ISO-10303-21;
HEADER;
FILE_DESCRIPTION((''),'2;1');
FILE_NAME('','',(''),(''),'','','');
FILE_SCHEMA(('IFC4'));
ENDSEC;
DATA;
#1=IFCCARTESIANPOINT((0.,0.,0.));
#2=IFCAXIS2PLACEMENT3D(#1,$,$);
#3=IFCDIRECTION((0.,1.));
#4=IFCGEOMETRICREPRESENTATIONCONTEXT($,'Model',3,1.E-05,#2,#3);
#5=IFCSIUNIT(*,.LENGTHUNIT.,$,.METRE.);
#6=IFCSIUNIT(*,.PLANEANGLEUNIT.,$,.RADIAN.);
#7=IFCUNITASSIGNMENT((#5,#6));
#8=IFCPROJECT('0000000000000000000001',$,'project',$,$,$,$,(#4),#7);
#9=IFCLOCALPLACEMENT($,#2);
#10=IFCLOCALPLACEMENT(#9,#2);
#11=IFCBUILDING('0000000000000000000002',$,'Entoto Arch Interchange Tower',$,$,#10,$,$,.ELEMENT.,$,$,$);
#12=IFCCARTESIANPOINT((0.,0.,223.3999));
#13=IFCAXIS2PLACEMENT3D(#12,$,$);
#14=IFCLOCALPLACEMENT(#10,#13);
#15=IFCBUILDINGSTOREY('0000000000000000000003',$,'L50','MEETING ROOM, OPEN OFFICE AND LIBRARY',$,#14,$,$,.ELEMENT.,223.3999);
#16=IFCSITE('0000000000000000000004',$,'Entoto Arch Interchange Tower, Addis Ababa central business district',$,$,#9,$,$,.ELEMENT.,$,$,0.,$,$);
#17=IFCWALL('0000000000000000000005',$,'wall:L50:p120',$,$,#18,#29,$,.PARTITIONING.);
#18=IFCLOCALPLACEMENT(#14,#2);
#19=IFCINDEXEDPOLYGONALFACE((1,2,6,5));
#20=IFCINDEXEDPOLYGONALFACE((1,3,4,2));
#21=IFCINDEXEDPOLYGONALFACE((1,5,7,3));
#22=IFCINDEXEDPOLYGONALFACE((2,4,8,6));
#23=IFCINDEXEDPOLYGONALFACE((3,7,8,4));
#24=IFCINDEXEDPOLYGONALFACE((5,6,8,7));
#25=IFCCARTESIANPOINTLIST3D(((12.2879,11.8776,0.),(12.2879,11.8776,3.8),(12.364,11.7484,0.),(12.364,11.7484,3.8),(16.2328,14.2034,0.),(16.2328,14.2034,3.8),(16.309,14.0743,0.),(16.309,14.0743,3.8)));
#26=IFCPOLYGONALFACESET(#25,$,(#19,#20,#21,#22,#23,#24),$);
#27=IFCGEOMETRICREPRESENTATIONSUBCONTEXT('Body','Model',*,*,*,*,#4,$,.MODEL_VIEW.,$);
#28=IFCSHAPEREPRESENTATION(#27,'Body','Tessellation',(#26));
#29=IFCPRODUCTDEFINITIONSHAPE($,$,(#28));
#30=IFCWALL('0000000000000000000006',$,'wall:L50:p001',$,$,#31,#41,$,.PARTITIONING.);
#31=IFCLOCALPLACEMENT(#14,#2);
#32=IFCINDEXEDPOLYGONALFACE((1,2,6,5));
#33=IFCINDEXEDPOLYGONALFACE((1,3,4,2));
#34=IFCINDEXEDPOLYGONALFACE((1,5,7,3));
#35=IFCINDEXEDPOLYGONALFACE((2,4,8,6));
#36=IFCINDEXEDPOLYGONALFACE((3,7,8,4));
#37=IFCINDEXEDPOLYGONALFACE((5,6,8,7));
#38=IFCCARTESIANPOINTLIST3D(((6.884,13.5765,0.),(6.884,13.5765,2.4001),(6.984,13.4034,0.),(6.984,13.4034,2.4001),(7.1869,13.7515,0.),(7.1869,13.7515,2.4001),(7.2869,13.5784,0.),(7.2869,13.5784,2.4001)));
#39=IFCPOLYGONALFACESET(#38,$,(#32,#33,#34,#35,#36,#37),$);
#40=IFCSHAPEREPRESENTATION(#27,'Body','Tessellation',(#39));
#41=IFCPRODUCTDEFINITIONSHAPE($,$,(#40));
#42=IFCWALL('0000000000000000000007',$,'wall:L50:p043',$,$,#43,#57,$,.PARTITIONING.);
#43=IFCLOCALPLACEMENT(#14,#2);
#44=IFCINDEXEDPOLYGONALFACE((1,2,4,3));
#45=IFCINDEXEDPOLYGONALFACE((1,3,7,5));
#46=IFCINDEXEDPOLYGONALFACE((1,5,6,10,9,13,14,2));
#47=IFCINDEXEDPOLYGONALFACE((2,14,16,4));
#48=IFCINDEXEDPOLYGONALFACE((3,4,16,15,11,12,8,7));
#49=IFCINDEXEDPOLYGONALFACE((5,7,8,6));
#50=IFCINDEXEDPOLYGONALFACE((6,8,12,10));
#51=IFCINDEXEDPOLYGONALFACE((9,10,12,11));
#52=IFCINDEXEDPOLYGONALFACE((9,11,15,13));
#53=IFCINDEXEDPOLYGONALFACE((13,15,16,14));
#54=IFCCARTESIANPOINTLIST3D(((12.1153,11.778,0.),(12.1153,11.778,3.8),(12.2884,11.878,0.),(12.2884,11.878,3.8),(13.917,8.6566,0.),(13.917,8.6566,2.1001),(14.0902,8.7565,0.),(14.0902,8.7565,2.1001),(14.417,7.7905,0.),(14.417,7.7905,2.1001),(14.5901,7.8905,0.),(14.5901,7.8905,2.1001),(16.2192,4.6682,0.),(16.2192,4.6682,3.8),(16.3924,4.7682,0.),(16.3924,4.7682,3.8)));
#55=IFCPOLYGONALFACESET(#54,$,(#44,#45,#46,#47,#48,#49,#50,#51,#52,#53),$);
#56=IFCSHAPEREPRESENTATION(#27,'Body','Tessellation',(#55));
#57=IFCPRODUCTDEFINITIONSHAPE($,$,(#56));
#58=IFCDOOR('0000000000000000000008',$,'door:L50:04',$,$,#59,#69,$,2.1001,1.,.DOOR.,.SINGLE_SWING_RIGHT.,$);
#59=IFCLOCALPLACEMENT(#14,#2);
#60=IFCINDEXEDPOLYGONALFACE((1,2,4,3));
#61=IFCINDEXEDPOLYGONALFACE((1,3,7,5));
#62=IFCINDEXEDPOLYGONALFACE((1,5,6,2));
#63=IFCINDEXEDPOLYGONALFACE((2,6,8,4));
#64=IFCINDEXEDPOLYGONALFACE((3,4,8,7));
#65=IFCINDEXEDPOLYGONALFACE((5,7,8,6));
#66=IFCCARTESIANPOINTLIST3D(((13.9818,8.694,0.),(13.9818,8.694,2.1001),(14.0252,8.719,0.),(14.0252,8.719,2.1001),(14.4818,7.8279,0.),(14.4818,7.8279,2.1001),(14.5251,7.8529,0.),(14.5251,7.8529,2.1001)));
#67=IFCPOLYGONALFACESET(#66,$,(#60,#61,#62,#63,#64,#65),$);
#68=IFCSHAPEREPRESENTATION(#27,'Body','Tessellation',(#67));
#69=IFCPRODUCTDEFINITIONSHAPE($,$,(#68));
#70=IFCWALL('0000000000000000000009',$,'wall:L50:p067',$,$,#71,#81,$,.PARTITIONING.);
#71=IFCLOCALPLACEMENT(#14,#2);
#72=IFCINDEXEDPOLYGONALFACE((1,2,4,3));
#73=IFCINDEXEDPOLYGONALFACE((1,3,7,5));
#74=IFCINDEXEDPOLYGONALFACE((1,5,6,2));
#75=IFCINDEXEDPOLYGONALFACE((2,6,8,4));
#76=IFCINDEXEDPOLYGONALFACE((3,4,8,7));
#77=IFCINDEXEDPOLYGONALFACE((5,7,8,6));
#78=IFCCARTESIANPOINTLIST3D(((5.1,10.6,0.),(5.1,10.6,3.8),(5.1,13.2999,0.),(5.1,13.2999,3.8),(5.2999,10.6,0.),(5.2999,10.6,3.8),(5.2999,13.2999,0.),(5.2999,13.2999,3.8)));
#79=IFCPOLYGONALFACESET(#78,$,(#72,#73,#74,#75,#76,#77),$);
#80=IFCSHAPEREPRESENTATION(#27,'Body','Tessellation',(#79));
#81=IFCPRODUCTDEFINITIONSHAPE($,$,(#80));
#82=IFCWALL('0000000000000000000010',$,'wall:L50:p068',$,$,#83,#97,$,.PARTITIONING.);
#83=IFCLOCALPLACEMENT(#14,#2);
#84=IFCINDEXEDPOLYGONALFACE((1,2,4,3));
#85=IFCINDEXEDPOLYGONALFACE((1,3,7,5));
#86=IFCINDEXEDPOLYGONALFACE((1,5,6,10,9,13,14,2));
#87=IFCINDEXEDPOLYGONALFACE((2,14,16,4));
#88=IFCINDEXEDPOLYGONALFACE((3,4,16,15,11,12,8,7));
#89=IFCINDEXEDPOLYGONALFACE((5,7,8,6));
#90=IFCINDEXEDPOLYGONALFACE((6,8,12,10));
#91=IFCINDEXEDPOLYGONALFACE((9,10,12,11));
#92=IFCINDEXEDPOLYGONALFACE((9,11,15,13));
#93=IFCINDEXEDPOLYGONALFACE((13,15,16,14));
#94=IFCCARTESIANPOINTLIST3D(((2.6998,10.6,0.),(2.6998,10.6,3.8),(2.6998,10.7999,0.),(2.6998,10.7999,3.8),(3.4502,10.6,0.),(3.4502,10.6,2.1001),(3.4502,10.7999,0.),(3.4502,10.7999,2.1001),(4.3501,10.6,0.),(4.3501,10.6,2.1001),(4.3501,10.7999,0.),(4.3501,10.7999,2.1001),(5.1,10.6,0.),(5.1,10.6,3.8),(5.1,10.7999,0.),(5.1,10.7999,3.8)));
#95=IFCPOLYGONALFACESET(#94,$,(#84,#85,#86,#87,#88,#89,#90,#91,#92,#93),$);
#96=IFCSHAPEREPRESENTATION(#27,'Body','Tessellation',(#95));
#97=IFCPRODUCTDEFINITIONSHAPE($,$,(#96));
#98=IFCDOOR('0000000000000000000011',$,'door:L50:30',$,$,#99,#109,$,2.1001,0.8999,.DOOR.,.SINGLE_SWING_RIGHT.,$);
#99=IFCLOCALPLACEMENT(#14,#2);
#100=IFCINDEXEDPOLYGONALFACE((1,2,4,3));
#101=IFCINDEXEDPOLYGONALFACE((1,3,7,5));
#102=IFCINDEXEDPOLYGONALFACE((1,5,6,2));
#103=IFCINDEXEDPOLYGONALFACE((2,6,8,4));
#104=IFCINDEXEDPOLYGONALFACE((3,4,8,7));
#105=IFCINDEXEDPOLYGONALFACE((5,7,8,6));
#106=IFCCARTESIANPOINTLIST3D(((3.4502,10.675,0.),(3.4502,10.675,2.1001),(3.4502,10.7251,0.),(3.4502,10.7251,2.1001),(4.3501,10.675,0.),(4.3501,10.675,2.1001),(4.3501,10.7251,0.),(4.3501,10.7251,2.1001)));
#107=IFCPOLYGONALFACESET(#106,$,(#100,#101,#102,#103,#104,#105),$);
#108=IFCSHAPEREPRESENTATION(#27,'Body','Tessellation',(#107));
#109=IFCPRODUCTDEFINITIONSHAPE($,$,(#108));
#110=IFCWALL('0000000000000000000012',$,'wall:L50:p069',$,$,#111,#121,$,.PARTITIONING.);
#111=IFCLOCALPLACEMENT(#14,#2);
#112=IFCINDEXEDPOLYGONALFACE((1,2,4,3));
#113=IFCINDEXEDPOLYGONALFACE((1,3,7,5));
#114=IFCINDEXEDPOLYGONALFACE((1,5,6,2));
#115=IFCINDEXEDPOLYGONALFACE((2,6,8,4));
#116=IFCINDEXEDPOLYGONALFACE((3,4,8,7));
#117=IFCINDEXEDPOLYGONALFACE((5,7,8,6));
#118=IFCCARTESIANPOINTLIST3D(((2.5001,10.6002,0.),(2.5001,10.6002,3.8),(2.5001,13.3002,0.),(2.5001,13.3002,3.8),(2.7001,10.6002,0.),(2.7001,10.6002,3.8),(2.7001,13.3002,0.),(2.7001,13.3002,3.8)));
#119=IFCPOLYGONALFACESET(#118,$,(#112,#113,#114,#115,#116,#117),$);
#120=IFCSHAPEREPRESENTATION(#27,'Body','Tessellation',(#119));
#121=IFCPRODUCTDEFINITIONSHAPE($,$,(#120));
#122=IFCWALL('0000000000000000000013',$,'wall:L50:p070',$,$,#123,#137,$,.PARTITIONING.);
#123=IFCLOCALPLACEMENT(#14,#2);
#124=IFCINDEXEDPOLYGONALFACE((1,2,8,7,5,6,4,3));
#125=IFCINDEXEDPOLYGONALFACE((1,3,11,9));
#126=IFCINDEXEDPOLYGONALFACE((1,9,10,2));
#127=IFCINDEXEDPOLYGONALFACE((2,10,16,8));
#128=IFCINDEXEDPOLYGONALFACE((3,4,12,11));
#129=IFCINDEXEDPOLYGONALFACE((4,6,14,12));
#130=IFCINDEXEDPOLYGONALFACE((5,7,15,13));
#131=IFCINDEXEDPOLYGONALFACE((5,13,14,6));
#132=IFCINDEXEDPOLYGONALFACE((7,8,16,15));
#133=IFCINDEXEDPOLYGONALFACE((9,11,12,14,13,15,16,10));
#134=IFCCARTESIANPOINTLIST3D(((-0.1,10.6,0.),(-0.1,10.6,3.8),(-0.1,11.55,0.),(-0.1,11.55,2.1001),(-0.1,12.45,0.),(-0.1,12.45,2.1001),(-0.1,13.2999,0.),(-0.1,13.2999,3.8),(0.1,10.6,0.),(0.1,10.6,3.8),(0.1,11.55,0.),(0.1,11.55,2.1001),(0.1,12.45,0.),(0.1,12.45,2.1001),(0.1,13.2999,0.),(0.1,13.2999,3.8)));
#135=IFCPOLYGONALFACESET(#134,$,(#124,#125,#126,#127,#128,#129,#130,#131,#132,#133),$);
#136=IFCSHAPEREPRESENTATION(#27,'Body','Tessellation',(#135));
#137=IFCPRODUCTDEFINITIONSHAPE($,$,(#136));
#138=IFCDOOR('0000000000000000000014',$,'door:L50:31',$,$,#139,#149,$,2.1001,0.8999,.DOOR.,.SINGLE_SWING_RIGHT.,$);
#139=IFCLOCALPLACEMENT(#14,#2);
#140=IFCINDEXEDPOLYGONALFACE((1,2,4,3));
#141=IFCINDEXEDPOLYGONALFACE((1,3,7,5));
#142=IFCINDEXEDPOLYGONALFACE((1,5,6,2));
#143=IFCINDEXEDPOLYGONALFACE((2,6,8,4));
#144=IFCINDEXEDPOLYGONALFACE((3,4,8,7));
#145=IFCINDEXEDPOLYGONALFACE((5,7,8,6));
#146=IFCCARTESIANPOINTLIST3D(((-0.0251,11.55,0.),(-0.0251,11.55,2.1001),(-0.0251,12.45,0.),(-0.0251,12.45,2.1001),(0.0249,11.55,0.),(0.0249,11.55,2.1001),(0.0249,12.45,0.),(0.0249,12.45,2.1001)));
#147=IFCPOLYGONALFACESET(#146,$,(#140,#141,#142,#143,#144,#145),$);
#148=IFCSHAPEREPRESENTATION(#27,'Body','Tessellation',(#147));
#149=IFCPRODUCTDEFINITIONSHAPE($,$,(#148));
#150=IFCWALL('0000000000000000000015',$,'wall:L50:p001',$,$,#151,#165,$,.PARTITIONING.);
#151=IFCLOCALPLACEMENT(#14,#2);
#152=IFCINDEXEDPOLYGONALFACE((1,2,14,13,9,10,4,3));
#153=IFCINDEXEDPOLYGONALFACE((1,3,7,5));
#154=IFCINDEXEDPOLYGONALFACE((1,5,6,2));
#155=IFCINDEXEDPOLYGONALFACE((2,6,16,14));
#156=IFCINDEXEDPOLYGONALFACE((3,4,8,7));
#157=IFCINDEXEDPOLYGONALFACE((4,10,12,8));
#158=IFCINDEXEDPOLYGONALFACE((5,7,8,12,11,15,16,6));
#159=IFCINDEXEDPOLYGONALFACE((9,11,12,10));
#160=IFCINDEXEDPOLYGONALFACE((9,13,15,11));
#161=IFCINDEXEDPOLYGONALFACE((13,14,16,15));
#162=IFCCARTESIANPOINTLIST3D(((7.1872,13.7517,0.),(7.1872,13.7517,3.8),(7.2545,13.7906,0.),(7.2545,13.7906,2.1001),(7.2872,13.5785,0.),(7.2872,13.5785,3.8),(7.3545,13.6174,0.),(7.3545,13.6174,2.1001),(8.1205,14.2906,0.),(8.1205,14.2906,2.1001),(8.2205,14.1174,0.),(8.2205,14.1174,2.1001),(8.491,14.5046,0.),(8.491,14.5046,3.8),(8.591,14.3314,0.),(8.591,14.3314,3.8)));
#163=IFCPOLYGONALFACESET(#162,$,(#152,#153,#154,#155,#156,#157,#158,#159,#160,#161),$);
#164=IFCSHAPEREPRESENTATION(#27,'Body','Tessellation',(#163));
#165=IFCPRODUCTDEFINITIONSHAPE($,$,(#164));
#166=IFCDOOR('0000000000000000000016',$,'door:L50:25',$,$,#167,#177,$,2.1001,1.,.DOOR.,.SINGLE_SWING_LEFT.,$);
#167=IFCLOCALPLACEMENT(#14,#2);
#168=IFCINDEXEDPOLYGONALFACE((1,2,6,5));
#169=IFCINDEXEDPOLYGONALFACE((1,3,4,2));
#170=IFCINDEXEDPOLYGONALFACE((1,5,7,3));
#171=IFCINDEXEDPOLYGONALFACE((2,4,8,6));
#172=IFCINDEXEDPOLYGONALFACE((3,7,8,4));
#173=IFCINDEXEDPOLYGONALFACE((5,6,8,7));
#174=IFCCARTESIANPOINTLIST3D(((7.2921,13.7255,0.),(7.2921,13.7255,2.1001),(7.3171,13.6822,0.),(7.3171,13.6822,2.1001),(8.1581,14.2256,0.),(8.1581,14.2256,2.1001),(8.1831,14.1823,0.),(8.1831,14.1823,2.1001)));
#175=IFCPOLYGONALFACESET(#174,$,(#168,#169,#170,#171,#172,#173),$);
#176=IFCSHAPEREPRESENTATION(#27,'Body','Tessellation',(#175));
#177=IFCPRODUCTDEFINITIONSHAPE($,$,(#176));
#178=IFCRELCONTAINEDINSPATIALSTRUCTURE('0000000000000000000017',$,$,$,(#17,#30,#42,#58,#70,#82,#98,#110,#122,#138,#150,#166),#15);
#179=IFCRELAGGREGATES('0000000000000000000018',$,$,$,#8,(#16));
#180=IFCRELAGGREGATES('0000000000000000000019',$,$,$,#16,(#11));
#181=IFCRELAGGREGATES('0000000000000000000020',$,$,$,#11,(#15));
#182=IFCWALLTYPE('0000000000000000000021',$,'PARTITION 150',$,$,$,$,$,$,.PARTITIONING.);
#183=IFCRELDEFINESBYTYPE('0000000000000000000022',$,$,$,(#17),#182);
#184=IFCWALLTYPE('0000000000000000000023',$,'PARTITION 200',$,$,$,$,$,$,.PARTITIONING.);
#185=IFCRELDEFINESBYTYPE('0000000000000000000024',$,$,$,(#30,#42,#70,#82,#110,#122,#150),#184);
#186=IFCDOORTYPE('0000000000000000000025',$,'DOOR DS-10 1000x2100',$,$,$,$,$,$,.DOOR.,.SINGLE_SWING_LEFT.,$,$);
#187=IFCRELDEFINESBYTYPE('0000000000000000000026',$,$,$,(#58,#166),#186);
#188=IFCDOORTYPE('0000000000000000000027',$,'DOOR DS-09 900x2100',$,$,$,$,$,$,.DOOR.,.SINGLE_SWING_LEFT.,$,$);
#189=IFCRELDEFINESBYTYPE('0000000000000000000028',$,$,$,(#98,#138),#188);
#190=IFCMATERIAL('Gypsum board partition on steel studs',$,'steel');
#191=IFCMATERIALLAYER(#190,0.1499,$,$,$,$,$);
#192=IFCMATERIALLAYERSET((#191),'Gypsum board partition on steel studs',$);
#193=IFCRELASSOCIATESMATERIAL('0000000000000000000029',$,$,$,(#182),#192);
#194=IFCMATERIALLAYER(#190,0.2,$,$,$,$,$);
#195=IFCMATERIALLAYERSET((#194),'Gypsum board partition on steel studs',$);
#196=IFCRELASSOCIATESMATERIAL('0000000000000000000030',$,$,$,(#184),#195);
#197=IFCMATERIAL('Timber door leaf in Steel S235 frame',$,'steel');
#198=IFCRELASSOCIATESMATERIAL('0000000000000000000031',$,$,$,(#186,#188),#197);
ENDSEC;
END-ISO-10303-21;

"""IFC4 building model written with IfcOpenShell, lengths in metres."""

from ifc_helpers import new_model, si_unit, direction, frame, frame_2d, origin, place, context, subcontext, project, spatial, rectangle, extrude, material, layer, layer_set, type_object, element, fill, save


model = new_model("IFC4")

# Units and contexts
model_context = context("Model", 3, precision=1e-05, world=origin(), true_north=direction((0.0, 1.0)))
body_context = subcontext(model_context, "Body", "Model", "MODEL_VIEW")
ifc_project = project(units=[si_unit("LENGTHUNIT", "METRE"), si_unit("PLANEANGLEUNIT", "RADIAN")], contexts=[model_context])

# Site, building, storey
site_placement = place(None, origin())
site = spatial("IfcSite", under=ifc_project, at=site_placement, Name="Entoto Arch Interchange Tower, Addis Ababa central business district", CompositionType="ELEMENT", RefElevation=0.0)
building_placement = place(site_placement, origin())
building = spatial("IfcBuilding", under=site, at=building_placement, Name="Entoto Arch Interchange Tower", CompositionType="ELEMENT")
storey_placement = place(building_placement, frame((0.0, 0.0, 223.3999)))
storey = spatial("IfcBuildingStorey", under=building, at=storey_placement, Name="L50", Description="MEETING ROOM, OPEN OFFICE AND LIBRARY", CompositionType="ELEMENT", Elevation=223.3999)

# Walls
ifc_material_1 = material(Name="Gypsum board partition on steel studs", Category="steel")
ifc_layer_1 = layer(ifc_material_1, 0.1499)
ifc_layer_set_1 = layer_set([ifc_layer_1], Name="Gypsum board partition on steel studs")
wall_type_1 = type_object("IfcWallType", Name="PARTITION 150", PredefinedType="PARTITIONING", material=ifc_layer_set_1)
wall_1_placement = place(storey_placement, frame((12.3259, 11.813, 0.0), z_axis=(0.0, 0.0, 1.0), x_axis=(0.861428, 0.50788, 0.0)))
element("IfcWall", 1, at=wall_1_placement, inside=storey, type_object=wall_type_1, Name="wall:L50:p120", PredefinedType="PARTITIONING", context=body_context, shape_type="SweptSolid", body=[
    extrude(rectangle(XDim=4.5796, YDim=0.1499, at=frame_2d((2.2898, 0.0))), origin(), (0.0, 0.0, 1.0), 3.8),
])
ifc_layer_2 = layer(ifc_material_1, 0.2)
ifc_layer_set_2 = layer_set([ifc_layer_2], Name="Gypsum board partition on steel studs")
wall_type_2 = type_object("IfcWallType", Name="PARTITION 200", PredefinedType="PARTITIONING", material=ifc_layer_set_2)
wall_2_placement = place(storey_placement, frame((6.9341, 13.49, 0.0), z_axis=(0.0, 0.0, 1.0), x_axis=(0.865872, 0.500266, 0.0)))
element("IfcWall", 2, at=wall_2_placement, inside=storey, type_object=wall_type_2, Name="wall:L50:p001", PredefinedType="PARTITIONING", context=body_context, shape_type="SweptSolid", body=[
    extrude(rectangle(XDim=0.3499, YDim=0.2, at=frame_2d((0.1748, 0.0))), origin(), (0.0, 0.0, 1.0), 2.4001),
])

# Wall, opening, door
wall_3_placement = place(storey_placement, frame((12.2019, 11.8279, 0.0), z_axis=(0.0, 0.0, 1.0), x_axis=(0.49992, -0.866072, 0.0)))
wall_3 = element("IfcWall", 3, at=wall_3_placement, inside=storey, type_object=wall_type_2, Name="wall:L50:p043", PredefinedType="PARTITIONING", context=body_context, shape_type="SweptSolid", body=[
    extrude(rectangle(XDim=8.2092, YDim=0.2, at=frame_2d((4.1045, 0.0))), origin(), (0.0, 0.0, 1.0), 3.8),
])
opening_1_placement = place(wall_3_placement, frame((3.604, 0.0, 0.0)))
opening_1 = element("IfcOpeningElement", 4, at=opening_1_placement, cuts=wall_3, PredefinedType="OPENING", context=body_context, shape_type="SweptSolid", body=[
    extrude(rectangle(XDim=1.0, YDim=2.1001, at=frame_2d((0.5, 1.05))), frame((0.0, 0.1099, 0.0), z_axis=(0.0, -1.0, 0.0), x_axis=(1.0, 0.0, 0.0)), (0.0, 0.0, 1.0), 0.22),
])
ifc_material_2 = material(Name="Timber door leaf in Steel S235 frame", Category="steel")
door_type_1 = type_object("IfcDoorType", Name="DOOR DS-10 1000x2100", OperationType="SINGLE_SWING_LEFT", PredefinedType="DOOR", material=ifc_material_2)
door_1_placement = place(opening_1_placement, origin())
door_1 = element("IfcDoor", 5, at=door_1_placement, inside=storey, type_object=door_type_1, Name="door:L50:04", OperationType="SINGLE_SWING_RIGHT", OverallHeight=2.1001, OverallWidth=1.0, PredefinedType="DOOR", context=body_context, shape_type="SweptSolid", body=[
    extrude(rectangle(XDim=1.0, YDim=2.1001, at=frame_2d((0.5, 1.05))), frame((0.0, 0.0249, 0.0), z_axis=(0.0, -1.0, 0.0), x_axis=(1.0, 0.0, 0.0)), (0.0, 0.0, 1.0), 0.05),
])
fill(opening_1, door_1)

# Wall
wall_4_placement = place(storey_placement, frame((5.2, 13.3, 0.0), z_axis=(0.0, 0.0, 1.0), x_axis=(0.0, -1.0, 0.0)))
element("IfcWall", 6, at=wall_4_placement, inside=storey, type_object=wall_type_2, Name="wall:L50:p067", PredefinedType="PARTITIONING", context=body_context, shape_type="SweptSolid", body=[
    extrude(rectangle(XDim=2.7, YDim=0.2, at=frame_2d((1.3501, 0.0))), origin(), (0.0, 0.0, 1.0), 3.8),
])

# Wall, opening, door
wall_5_placement = place(storey_placement, frame((5.1001, 10.7, 0.0), z_axis=(0.0, 0.0, 1.0), x_axis=(-1.0, 0.0, 0.0)))
wall_5 = element("IfcWall", 7, at=wall_5_placement, inside=storey, type_object=wall_type_2, Name="wall:L50:p068", PredefinedType="PARTITIONING", context=body_context, shape_type="SweptSolid", body=[
    extrude(rectangle(XDim=2.4001, YDim=0.2, at=frame_2d((1.2002, 0.0))), origin(), (0.0, 0.0, 1.0), 3.8),
])
opening_2_placement = place(wall_5_placement, frame((0.75, 0.0, 0.0)))
opening_2 = element("IfcOpeningElement", 8, at=opening_2_placement, cuts=wall_5, PredefinedType="OPENING", context=body_context, shape_type="SweptSolid", body=[
    extrude(rectangle(XDim=0.8999, YDim=2.1001, at=frame_2d((0.45, 1.05))), frame((0.0, 0.1099, 0.0), z_axis=(0.0, -1.0, 0.0), x_axis=(1.0, 0.0, 0.0)), (0.0, 0.0, 1.0), 0.22),
])
door_type_2 = type_object("IfcDoorType", Name="DOOR DS-09 900x2100", OperationType="SINGLE_SWING_LEFT", PredefinedType="DOOR", material=ifc_material_2)
door_2_placement = place(opening_2_placement, origin())
door_2 = element("IfcDoor", 9, at=door_2_placement, inside=storey, type_object=door_type_2, Name="door:L50:30", OperationType="SINGLE_SWING_RIGHT", OverallHeight=2.1001, OverallWidth=0.8999, PredefinedType="DOOR", context=body_context, shape_type="SweptSolid", body=[
    extrude(rectangle(XDim=0.8999, YDim=2.1001, at=frame_2d((0.45, 1.05))), frame((0.0, 0.0249, 0.0), z_axis=(0.0, -1.0, 0.0), x_axis=(1.0, 0.0, 0.0)), (0.0, 0.0, 1.0), 0.05),
])
fill(opening_2, door_2)

# Wall
wall_6_placement = place(storey_placement, frame((2.6001, 10.6001, 0.0), z_axis=(0.0, 0.0, 1.0), x_axis=(0.0, 1.0, 0.0)))
element("IfcWall", 10, at=wall_6_placement, inside=storey, type_object=wall_type_2, Name="wall:L50:p069", PredefinedType="PARTITIONING", context=body_context, shape_type="SweptSolid", body=[
    extrude(rectangle(XDim=2.7, YDim=0.2, at=frame_2d((1.3501, 0.0))), origin(), (0.0, 0.0, 1.0), 3.8),
])

# Walls, openings, doors
wall_7_placement = place(storey_placement, frame((0.0, 13.3, 0.0), z_axis=(0.0, 0.0, 1.0), x_axis=(0.0, -1.0, 0.0)))
wall_7 = element("IfcWall", 11, at=wall_7_placement, inside=storey, type_object=wall_type_2, Name="wall:L50:p070", PredefinedType="PARTITIONING", context=body_context, shape_type="SweptSolid", body=[
    extrude(rectangle(XDim=2.7, YDim=0.2, at=frame_2d((1.3501, 0.0))), origin(), (0.0, 0.0, 1.0), 3.8),
])
opening_3_placement = place(wall_7_placement, frame((0.8501, 0.0, 0.0)))
opening_3 = element("IfcOpeningElement", 12, at=opening_3_placement, cuts=wall_7, PredefinedType="OPENING", context=body_context, shape_type="SweptSolid", body=[
    extrude(rectangle(XDim=0.8999, YDim=2.1001, at=frame_2d((0.45, 1.05))), frame((0.0, 0.1099, 0.0), z_axis=(0.0, -1.0, 0.0), x_axis=(1.0, 0.0, 0.0)), (0.0, 0.0, 1.0), 0.22),
])
door_3_placement = place(opening_3_placement, origin())
door_3 = element("IfcDoor", 13, at=door_3_placement, inside=storey, type_object=door_type_2, Name="door:L50:31", OperationType="SINGLE_SWING_RIGHT", OverallHeight=2.1001, OverallWidth=0.8999, PredefinedType="DOOR", context=body_context, shape_type="SweptSolid", body=[
    extrude(rectangle(XDim=0.8999, YDim=2.1001, at=frame_2d((0.45, 1.05))), frame((0.0, 0.0249, 0.0), z_axis=(0.0, -1.0, 0.0), x_axis=(1.0, 0.0, 0.0)), (0.0, 0.0, 1.0), 0.05),
])
fill(opening_3, door_3)
wall_8_placement = place(storey_placement, frame((7.2371, 13.665, 0.0), z_axis=(0.0, 0.0, 1.0), x_axis=(0.865999, 0.500045, 0.0)))
wall_8 = element("IfcWall", 14, at=wall_8_placement, inside=storey, type_object=wall_type_2, Name="wall:L50:p001", PredefinedType="PARTITIONING", context=body_context, shape_type="SweptSolid", body=[
    extrude(rectangle(XDim=1.5056, YDim=0.2, at=frame_2d((0.7529, 0.0))), origin(), (0.0, 0.0, 1.0), 3.8),
])
opening_4_placement = place(wall_8_placement, frame((0.0779, 0.0, 0.0)))
opening_4 = element("IfcOpeningElement", 15, at=opening_4_placement, cuts=wall_8, PredefinedType="OPENING", context=body_context, shape_type="SweptSolid", body=[
    extrude(rectangle(XDim=1.0, YDim=2.1001, at=frame_2d((0.5, 1.05))), frame((0.0, 0.1099, 0.0), z_axis=(0.0, -1.0, 0.0), x_axis=(1.0, 0.0, 0.0)), (0.0, 0.0, 1.0), 0.22),
])
door_4_placement = place(opening_4_placement, origin())
door_4 = element("IfcDoor", 16, at=door_4_placement, inside=storey, type_object=door_type_1, Name="door:L50:25", OperationType="SINGLE_SWING_LEFT", OverallHeight=2.1001, OverallWidth=1.0, PredefinedType="DOOR", context=body_context, shape_type="SweptSolid", body=[
    extrude(rectangle(XDim=1.0, YDim=2.1001, at=frame_2d((0.5, 1.05))), frame((0.0, 0.0249, 0.0), z_axis=(0.0, -1.0, 0.0), x_axis=(1.0, 0.0, 0.0)), (0.0, 0.0, 1.0), 0.05),
])
fill(opening_4, door_4)

save(model, "model.ifc")
